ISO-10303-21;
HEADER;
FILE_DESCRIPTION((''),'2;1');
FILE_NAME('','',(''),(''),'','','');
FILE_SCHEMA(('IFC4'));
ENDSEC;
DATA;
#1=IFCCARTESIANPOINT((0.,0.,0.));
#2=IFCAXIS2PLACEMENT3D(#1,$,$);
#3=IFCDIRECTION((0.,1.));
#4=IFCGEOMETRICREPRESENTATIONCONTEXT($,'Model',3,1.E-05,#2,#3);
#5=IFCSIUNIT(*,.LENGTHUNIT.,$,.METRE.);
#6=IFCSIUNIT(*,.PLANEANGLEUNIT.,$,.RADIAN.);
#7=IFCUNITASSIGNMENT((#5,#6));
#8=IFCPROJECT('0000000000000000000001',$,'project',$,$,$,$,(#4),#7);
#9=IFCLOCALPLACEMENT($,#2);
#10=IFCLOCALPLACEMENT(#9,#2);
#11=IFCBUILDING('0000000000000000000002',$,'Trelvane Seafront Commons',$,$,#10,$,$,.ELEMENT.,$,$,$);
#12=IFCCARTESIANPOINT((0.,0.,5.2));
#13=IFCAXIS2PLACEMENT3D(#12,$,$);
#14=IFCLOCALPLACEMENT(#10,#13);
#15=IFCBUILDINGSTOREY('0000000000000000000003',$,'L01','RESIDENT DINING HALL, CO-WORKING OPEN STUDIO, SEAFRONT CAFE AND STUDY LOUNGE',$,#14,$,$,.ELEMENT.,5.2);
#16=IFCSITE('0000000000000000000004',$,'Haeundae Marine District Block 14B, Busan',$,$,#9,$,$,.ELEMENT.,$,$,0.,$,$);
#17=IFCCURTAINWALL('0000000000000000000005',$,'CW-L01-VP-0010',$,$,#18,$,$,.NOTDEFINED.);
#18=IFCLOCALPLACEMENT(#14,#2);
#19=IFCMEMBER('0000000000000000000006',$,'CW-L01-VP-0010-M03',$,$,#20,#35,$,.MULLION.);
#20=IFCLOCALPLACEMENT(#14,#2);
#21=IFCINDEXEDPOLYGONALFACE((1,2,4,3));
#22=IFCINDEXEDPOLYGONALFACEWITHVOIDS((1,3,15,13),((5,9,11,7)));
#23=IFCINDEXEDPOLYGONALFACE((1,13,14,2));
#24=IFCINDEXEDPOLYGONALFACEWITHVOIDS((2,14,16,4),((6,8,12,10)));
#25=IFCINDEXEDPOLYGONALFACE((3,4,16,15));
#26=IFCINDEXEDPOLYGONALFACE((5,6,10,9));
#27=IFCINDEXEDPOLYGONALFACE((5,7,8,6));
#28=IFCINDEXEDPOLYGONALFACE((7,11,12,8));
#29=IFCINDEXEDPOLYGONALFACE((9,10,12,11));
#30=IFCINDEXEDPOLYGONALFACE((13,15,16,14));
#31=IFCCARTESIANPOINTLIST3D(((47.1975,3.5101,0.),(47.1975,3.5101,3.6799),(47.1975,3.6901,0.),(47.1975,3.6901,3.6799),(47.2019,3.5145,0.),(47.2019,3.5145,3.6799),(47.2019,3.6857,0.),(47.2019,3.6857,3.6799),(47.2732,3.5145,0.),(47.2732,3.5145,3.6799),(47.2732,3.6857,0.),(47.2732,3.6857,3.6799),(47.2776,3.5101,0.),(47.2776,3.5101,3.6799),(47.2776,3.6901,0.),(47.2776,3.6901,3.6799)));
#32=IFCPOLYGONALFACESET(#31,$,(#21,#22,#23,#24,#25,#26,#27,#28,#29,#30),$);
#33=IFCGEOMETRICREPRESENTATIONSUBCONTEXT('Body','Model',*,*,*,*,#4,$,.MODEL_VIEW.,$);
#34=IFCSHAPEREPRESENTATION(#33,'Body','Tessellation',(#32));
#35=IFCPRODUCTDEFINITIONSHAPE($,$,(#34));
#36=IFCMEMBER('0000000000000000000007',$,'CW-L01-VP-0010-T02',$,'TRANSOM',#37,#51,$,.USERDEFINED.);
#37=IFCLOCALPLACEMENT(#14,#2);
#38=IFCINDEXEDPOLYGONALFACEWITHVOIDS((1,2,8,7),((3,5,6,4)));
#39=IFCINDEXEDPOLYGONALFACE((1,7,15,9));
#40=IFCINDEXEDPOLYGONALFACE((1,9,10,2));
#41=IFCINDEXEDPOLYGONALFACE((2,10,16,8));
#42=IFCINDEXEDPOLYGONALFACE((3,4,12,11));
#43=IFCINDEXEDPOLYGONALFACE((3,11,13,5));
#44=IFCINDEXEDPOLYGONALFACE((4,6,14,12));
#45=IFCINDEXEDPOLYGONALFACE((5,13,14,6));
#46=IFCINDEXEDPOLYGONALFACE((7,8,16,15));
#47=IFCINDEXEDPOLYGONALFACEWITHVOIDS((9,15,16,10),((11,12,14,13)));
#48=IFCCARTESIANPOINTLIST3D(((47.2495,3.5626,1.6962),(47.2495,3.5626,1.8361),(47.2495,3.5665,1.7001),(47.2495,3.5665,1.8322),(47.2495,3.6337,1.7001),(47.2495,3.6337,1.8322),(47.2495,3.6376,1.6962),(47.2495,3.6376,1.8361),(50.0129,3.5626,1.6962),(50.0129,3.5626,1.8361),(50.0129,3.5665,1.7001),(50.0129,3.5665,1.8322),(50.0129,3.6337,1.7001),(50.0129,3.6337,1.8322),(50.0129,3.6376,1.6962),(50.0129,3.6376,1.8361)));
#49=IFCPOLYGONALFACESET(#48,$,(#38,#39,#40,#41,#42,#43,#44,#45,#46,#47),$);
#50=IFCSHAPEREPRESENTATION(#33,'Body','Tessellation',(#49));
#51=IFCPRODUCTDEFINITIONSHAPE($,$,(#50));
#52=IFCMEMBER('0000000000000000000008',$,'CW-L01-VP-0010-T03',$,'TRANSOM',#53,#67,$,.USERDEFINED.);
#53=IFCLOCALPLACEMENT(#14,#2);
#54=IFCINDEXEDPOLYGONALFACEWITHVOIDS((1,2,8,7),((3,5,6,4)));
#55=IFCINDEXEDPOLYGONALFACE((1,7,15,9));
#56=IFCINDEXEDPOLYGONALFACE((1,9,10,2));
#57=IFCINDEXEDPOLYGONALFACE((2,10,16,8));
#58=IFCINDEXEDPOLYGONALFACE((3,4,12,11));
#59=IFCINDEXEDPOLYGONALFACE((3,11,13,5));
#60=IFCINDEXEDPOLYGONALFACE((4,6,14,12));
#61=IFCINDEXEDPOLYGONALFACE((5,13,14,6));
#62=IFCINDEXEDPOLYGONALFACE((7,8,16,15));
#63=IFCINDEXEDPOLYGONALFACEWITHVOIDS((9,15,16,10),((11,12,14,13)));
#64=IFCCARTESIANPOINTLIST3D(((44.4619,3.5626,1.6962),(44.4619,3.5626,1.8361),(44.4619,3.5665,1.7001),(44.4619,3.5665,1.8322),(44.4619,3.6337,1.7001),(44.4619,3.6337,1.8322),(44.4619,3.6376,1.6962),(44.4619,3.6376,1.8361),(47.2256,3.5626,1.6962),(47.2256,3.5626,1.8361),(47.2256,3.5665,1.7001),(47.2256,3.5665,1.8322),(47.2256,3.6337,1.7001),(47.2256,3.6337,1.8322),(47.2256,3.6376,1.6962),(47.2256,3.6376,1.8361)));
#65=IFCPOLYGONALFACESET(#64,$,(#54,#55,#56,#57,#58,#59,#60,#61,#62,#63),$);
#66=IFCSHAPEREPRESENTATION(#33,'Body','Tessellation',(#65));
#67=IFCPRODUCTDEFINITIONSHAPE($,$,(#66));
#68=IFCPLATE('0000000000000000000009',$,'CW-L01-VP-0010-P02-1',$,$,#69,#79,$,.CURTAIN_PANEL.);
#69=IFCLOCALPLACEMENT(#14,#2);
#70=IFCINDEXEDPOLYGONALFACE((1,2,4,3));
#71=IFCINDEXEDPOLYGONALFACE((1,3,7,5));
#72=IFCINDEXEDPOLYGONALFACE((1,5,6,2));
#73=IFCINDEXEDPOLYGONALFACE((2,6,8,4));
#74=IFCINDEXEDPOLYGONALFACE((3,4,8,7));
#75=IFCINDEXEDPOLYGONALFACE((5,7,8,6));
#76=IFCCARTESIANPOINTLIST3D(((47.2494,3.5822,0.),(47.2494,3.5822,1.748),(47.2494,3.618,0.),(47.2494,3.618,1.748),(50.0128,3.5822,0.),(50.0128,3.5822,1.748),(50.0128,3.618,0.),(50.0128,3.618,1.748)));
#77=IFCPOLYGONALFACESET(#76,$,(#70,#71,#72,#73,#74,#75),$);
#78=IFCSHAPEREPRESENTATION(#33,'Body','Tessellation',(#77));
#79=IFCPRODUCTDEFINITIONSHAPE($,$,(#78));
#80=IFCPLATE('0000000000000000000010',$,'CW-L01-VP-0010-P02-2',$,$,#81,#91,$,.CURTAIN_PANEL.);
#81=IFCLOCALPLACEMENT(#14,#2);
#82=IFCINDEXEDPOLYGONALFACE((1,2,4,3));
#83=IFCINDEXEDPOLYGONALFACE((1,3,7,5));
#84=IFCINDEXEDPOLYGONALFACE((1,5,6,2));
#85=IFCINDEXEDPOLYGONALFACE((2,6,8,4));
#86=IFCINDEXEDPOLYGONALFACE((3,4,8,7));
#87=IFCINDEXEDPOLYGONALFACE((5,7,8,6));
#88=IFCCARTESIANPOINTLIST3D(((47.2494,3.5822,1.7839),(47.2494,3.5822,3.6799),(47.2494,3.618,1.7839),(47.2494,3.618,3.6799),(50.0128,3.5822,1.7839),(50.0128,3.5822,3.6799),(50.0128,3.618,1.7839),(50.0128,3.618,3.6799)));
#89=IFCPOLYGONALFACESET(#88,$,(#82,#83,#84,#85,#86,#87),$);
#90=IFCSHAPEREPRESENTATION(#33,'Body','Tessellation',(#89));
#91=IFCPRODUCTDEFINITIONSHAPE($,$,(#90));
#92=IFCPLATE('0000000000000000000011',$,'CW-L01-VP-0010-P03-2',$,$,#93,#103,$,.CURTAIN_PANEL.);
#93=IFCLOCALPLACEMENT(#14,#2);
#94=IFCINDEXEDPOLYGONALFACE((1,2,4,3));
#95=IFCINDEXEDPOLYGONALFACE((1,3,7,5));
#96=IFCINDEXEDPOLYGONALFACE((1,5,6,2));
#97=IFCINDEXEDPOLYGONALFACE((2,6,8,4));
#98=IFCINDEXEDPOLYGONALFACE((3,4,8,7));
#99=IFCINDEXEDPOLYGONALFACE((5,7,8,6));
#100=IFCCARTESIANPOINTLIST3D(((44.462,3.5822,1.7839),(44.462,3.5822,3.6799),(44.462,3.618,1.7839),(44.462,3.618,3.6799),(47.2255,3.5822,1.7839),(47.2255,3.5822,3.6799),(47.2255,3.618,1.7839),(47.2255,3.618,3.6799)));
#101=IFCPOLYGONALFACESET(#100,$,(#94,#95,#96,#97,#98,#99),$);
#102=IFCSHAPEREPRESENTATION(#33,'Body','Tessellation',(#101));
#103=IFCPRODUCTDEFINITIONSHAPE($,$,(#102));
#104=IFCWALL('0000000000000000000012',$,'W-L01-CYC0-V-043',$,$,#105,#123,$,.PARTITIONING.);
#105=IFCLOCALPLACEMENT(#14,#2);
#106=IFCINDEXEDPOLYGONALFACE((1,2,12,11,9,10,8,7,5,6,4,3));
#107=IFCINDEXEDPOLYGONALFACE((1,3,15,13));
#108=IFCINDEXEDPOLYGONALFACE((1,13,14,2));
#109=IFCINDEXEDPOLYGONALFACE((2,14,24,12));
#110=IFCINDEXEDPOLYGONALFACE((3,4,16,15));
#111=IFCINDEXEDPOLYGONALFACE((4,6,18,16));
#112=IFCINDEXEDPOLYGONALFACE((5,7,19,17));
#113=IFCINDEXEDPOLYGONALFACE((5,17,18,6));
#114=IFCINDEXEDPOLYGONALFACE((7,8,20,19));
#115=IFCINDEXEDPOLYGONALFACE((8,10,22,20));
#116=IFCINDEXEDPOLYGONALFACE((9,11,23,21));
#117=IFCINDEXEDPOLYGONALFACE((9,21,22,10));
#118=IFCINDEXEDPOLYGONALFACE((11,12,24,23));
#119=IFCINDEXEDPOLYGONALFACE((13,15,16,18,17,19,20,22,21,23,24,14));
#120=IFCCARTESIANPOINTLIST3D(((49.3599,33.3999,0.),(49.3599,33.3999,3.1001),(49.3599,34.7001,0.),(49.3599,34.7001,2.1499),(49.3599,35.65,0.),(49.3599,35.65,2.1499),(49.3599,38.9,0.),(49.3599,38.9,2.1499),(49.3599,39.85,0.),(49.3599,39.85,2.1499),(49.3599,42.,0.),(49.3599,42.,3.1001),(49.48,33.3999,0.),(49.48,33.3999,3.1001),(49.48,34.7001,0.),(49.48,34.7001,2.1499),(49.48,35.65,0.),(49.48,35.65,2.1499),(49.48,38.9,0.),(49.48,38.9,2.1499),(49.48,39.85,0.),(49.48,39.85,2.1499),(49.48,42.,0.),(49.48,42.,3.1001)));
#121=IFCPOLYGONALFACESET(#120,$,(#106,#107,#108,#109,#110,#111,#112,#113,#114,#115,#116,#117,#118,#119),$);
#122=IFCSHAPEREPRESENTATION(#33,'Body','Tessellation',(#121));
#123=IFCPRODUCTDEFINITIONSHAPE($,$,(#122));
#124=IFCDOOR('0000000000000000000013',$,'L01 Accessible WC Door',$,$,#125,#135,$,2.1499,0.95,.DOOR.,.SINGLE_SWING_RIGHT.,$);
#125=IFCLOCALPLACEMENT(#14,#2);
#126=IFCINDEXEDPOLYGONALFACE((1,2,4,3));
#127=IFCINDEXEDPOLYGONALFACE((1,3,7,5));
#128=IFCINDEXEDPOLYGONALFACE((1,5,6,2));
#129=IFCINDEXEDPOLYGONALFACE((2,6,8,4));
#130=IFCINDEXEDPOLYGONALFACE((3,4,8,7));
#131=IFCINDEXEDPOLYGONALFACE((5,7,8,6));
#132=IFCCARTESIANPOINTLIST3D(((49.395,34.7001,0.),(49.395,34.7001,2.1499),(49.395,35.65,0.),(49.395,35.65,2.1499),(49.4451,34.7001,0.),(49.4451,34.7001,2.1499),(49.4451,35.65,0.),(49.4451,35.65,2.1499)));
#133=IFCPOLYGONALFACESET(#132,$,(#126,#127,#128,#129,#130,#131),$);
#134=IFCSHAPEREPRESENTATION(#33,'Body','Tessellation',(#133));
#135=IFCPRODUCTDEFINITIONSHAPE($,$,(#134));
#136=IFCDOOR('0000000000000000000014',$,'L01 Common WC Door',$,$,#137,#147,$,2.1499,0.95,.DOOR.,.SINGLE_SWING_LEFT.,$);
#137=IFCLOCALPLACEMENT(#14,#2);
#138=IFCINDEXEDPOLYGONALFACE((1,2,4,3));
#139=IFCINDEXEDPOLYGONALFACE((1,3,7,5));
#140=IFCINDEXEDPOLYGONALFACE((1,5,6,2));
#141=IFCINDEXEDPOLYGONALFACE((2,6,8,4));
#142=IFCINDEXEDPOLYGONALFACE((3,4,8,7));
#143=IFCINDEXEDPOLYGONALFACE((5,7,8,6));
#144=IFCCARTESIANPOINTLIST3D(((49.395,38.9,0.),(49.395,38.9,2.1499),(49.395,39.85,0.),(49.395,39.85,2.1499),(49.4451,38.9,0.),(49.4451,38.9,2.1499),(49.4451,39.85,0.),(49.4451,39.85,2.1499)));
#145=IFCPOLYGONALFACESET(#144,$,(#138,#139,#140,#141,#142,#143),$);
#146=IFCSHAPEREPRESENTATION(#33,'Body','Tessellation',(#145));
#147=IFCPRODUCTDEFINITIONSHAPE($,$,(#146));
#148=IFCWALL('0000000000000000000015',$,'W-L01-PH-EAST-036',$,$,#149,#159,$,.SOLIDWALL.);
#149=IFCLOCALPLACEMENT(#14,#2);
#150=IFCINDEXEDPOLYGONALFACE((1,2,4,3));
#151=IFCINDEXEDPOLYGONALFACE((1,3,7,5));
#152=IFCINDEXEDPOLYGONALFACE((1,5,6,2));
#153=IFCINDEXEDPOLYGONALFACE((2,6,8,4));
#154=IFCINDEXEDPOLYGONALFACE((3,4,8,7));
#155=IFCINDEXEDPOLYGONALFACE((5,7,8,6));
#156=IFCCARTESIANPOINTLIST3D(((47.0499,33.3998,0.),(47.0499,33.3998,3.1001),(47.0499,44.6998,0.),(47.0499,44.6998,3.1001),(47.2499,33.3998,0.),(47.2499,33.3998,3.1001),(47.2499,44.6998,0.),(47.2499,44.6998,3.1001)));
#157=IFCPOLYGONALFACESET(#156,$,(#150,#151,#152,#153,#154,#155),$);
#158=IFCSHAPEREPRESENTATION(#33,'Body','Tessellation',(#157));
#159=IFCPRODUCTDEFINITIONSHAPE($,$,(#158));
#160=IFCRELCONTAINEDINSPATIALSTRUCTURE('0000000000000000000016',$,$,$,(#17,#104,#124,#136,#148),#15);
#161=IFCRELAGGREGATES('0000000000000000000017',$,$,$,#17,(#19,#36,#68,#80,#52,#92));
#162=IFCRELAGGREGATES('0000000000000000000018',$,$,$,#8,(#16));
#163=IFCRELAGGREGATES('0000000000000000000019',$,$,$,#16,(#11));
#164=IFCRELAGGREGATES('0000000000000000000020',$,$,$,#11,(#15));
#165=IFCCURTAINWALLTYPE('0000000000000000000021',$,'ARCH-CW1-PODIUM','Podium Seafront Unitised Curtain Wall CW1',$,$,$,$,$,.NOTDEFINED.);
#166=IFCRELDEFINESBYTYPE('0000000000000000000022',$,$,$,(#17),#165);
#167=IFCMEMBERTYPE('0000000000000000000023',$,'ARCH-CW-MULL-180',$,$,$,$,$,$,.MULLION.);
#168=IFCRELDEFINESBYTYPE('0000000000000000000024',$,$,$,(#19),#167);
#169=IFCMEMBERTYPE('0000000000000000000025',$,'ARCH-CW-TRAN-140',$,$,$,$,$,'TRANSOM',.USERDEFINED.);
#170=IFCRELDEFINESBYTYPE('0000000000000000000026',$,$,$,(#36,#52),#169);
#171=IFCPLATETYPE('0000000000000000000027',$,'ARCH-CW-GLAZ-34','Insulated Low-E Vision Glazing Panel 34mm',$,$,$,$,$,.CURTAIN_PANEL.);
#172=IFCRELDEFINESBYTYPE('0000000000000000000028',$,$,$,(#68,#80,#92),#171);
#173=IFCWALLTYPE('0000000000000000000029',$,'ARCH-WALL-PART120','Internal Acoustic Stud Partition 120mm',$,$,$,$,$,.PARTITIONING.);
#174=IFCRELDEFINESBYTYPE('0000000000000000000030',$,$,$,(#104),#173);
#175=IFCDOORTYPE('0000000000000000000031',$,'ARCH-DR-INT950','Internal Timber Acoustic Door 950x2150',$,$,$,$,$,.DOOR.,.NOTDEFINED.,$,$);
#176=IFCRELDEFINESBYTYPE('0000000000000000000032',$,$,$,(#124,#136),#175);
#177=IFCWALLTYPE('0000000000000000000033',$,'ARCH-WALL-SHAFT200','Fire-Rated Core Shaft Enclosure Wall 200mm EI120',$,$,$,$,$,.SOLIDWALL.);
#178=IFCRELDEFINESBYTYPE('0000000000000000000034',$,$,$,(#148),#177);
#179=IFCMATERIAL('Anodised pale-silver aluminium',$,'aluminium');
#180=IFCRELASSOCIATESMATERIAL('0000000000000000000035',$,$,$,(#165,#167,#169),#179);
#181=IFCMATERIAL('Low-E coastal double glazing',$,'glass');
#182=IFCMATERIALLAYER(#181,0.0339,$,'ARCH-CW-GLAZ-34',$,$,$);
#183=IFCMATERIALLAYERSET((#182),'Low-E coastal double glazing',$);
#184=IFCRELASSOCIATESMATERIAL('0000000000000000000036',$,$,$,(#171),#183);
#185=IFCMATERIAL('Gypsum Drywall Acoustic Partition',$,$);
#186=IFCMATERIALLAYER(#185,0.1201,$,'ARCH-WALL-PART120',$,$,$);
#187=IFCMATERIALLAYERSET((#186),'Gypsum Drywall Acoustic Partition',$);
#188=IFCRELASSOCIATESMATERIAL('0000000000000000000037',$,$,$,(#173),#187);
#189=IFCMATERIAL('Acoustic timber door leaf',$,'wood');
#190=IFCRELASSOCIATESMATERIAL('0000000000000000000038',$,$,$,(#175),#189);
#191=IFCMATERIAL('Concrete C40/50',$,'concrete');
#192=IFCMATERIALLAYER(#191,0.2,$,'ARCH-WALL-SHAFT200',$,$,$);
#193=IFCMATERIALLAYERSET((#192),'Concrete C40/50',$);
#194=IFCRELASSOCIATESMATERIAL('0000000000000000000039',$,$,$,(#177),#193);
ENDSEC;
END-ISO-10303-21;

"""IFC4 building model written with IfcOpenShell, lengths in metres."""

from ifc_helpers import new_model, si_unit, direction, frame, frame_2d, origin, origin_2d, place, context, subcontext, project, spatial, rectangle, hollow_rectangle, extrude, source, transform, mapped, material, layer, layer_set, material_profile, profile_set, type_object, element, fill, aggregate, save


model = new_model("IFC4")

# Units and contexts
model_context = context("Model", 3, precision=1e-05, world=origin(), true_north=direction((0.0, 1.0)))
body_context = subcontext(model_context, "Body", "Model", "MODEL_VIEW")
ifc_project = project(units=[si_unit("LENGTHUNIT", "METRE"), si_unit("PLANEANGLEUNIT", "RADIAN")], contexts=[model_context])

# Site, building, storey
site_placement = place(None, origin())
site = spatial("IfcSite", under=ifc_project, at=site_placement, Name="Haeundae Marine District Block 14B, Busan", CompositionType="ELEMENT", RefElevation=0.0)
building_placement = place(site_placement, origin())
building = spatial("IfcBuilding", under=site, at=building_placement, Name="Trelvane Seafront Commons", CompositionType="ELEMENT")
storey_placement = place(building_placement, frame((0.0, 0.0, 5.2)))
storey = spatial("IfcBuildingStorey", under=building, at=storey_placement, Name="L01", Description="RESIDENT DINING HALL, CO-WORKING OPEN STUDIO, SEAFRONT CAFE AND STUDY LOUNGE", CompositionType="ELEMENT", Elevation=5.2)

# Curtain wall, members, plates
ifc_material_1 = material(Name="Anodised pale-silver aluminium", Category="aluminium")
curtain_wall_type = type_object("IfcCurtainWallType", Name="ARCH-CW1-PODIUM", Description="Podium Seafront Unitised Curtain Wall CW1", PredefinedType="NOTDEFINED", material=ifc_material_1)
curtain_wall_placement = place(storey_placement, origin())
curtain_wall = element("IfcCurtainWall", 1, at=curtain_wall_placement, inside=storey, type_object=curtain_wall_type, Name="CW-L01-VP-0010", PredefinedType="NOTDEFINED")
ifc_material_profile_1 = material_profile(ifc_material_1, hollow_rectangle(XDim=0.0801, YDim=0.1799, WallThickness=0.0044, at=origin_2d()), Name="MULL-80x180x4.5")
ifc_profile_set_1 = profile_set([ifc_material_profile_1], Name="Anodised pale-silver aluminium")
member_type_1 = type_object("IfcMemberType", Name="ARCH-CW-MULL-180", PredefinedType="MULLION", material=ifc_profile_set_1)
shared_shape_1 = source(origin(), body_context, "Body", "SweptSolid", [
    extrude(hollow_rectangle(XDim=0.0801, YDim=0.1799, WallThickness=0.0044, at=origin_2d()), origin(), (0.0, 0.0, 1.0), 3.6799),
])
member_1_placement = place(storey_placement, frame((47.2375, 3.6001, 0.0), z_axis=(0.0, 0.0, 1.0), x_axis=(1.0, 0.0, 0.0)))
member_1 = element("IfcMember", 2, at=member_1_placement, type_object=member_type_1, Name="CW-L01-VP-0010-M03", PredefinedType="MULLION", context=body_context, shape_type="MappedRepresentation", body=[
    mapped(shared_shape_1, transform((0.0, 0.0, 0.0), x_axis=(1.0, 0.0, 0.0), y_axis=(0.0, 1.0, 0.0), z_axis=(0.0, 0.0, 1.0), scale=1.0)),
])
ifc_material_profile_2 = material_profile(ifc_material_1, hollow_rectangle(XDim=0.075, YDim=0.1399, WallThickness=0.0039, at=origin_2d()), Name="TRAN-75x140x4")
ifc_profile_set_2 = profile_set([ifc_material_profile_2], Name="Anodised pale-silver aluminium")
member_type_2 = type_object("IfcMemberType", Name="ARCH-CW-TRAN-140", ElementType="TRANSOM", PredefinedType="USERDEFINED", material=ifc_profile_set_2)
shared_shape_2 = source(origin(), body_context, "Body", "SweptSolid", [
    extrude(hollow_rectangle(XDim=0.075, YDim=0.1399, WallThickness=0.0039, at=origin_2d()), origin(), (0.0, 0.0, 1.0), 2.7634),
])
member_2_placement = place(storey_placement, frame((50.0129, 3.6001, 1.7661), z_axis=(-1.0, 0.0, 0.0), x_axis=(0.0, -1.0, 0.0)))
member_2 = element("IfcMember", 3, at=member_2_placement, type_object=member_type_2, Name="CW-L01-VP-0010-T02", ObjectType="TRANSOM", PredefinedType="USERDEFINED", context=body_context, shape_type="MappedRepresentation", body=[
    mapped(shared_shape_2, transform((0.0, 0.0, 0.0), x_axis=(1.0, 0.0, 0.0), y_axis=(0.0, 1.0, 0.0), z_axis=(0.0, 0.0, 1.0), scale=1.0)),
])
shared_shape_3 = source(origin(), body_context, "Body", "SweptSolid", [
    extrude(hollow_rectangle(XDim=0.075, YDim=0.1399, WallThickness=0.0039, at=origin_2d()), origin(), (0.0, 0.0, 1.0), 2.7637),
])
member_3_placement = place(storey_placement, frame((47.2256, 3.6001, 1.7661), z_axis=(-1.0, 0.0, 0.0), x_axis=(0.0, -1.0, 0.0)))
member_3 = element("IfcMember", 4, at=member_3_placement, type_object=member_type_2, Name="CW-L01-VP-0010-T03", ObjectType="TRANSOM", PredefinedType="USERDEFINED", context=body_context, shape_type="MappedRepresentation", body=[
    mapped(shared_shape_3, transform((0.0, 0.0, 0.0), x_axis=(1.0, 0.0, 0.0), y_axis=(0.0, 1.0, 0.0), z_axis=(0.0, 0.0, 1.0), scale=1.0)),
])
ifc_material_2 = material(Name="Low-E coastal double glazing", Category="glass")
ifc_layer_1 = layer(ifc_material_2, 0.0339, Name="ARCH-CW-GLAZ-34")
ifc_layer_set_1 = layer_set([ifc_layer_1], Name="Low-E coastal double glazing")
plate_type = type_object("IfcPlateType", Name="ARCH-CW-GLAZ-34", Description="Insulated Low-E Vision Glazing Panel 34mm", PredefinedType="CURTAIN_PANEL", material=ifc_layer_set_1)
shared_shape_4 = source(origin(), body_context, "Body", "SweptSolid", [
    extrude(rectangle(XDim=2.7634, YDim=0.0359, at=origin_2d()), origin(), (0.0, 0.0, 1.0), 1.748),
])
plate_1_placement = place(storey_placement, frame((48.6311, 3.6001, 0.0), z_axis=(0.0, 0.0, 1.0), x_axis=(-1.0, 0.0, 0.0)))
plate_1 = element("IfcPlate", 5, at=plate_1_placement, type_object=plate_type, Name="CW-L01-VP-0010-P02-1", PredefinedType="CURTAIN_PANEL", context=body_context, shape_type="MappedRepresentation", body=[
    mapped(shared_shape_4, transform((0.0, 0.0, 0.0), x_axis=(1.0, 0.0, 0.0), y_axis=(0.0, 1.0, 0.0), z_axis=(0.0, 0.0, 1.0), scale=1.0)),
])
shared_shape_5 = source(origin(), body_context, "Body", "SweptSolid", [
    extrude(rectangle(XDim=2.7634, YDim=0.0359, at=origin_2d()), origin(), (0.0, 0.0, 1.0), 1.896),
])
plate_2_placement = place(storey_placement, frame((48.6311, 3.6001, 1.7839), z_axis=(0.0, 0.0, 1.0), x_axis=(-1.0, 0.0, 0.0)))
plate_2 = element("IfcPlate", 6, at=plate_2_placement, type_object=plate_type, Name="CW-L01-VP-0010-P02-2", PredefinedType="CURTAIN_PANEL", context=body_context, shape_type="MappedRepresentation", body=[
    mapped(shared_shape_5, transform((0.0, 0.0, 0.0), x_axis=(1.0, 0.0, 0.0), y_axis=(0.0, 1.0, 0.0), z_axis=(0.0, 0.0, 1.0), scale=1.0)),
])
plate_3_placement = place(storey_placement, frame((45.8438, 3.6001, 1.7839), z_axis=(0.0, 0.0, 1.0), x_axis=(-1.0, 0.0, 0.0)))
plate_3 = element("IfcPlate", 7, at=plate_3_placement, type_object=plate_type, Name="CW-L01-VP-0010-P03-2", PredefinedType="CURTAIN_PANEL", context=body_context, shape_type="MappedRepresentation", body=[
    mapped(shared_shape_5, transform((0.0, 0.0, 0.0), x_axis=(1.0, 0.0, 0.0), y_axis=(0.0, 1.0, 0.0), z_axis=(0.0, 0.0, 1.0), scale=1.0)),
])
aggregate(curtain_wall, [member_1, member_2, plate_1, plate_2, member_3, plate_3])

# Wall, openings, doors
ifc_material_3 = material(Name="Concrete C40/50", Category="concrete")
shared_shape_6 = source(origin(), body_context, "Body", "SweptSolid", [
    extrude(rectangle(XDim=0.95, YDim=2.1499, at=frame_2d((0.4751, 1.075))), frame((0.0, 0.0249, 0.0), z_axis=(0.0, -1.0, 0.0), x_axis=(1.0, 0.0, 0.0)), (0.0, 0.0, 1.0), 0.05),
])
ifc_material_4 = material(Name="Gypsum Drywall Acoustic Partition")
ifc_layer_2 = layer(ifc_material_4, 0.1201, Name="ARCH-WALL-PART120")
ifc_layer_set_2 = layer_set([ifc_layer_2], Name="Gypsum Drywall Acoustic Partition")
wall_type_1 = type_object("IfcWallType", Name="ARCH-WALL-PART120", Description="Internal Acoustic Stud Partition 120mm", PredefinedType="PARTITIONING", material=ifc_layer_set_2)
wall_1_placement = place(storey_placement, frame((49.4199, 33.3999, 0.0), z_axis=(0.0, 0.0, 1.0), x_axis=(0.0, 1.0, 0.0)))
wall_1 = element("IfcWall", 8, at=wall_1_placement, inside=storey, type_object=wall_type_1, Name="W-L01-CYC0-V-043", PredefinedType="PARTITIONING", context=body_context, shape_type="SweptSolid", body=[
    extrude(rectangle(XDim=8.6001, YDim=0.1201, at=frame_2d((4.3, 0.0))), origin(), (0.0, 0.0, 1.0), 3.1001),
])
opening_1_placement = place(wall_1_placement, frame((1.3, 0.0, 0.0)))
opening_1 = element("IfcOpeningElement", 9, at=opening_1_placement, cuts=wall_1, PredefinedType="OPENING", context=body_context, shape_type="SweptSolid", body=[
    extrude(rectangle(XDim=0.95, YDim=2.1499, at=frame_2d((0.4751, 1.075))), frame((0.0, 0.0701, 0.0), z_axis=(0.0, -1.0, 0.0), x_axis=(1.0, 0.0, 0.0)), (0.0, 0.0, 1.0), 0.1401),
])
opening_2_placement = place(wall_1_placement, frame((5.5, 0.0, 0.0)))
opening_2 = element("IfcOpeningElement", 10, at=opening_2_placement, cuts=wall_1, PredefinedType="OPENING", context=body_context, shape_type="SweptSolid", body=[
    extrude(rectangle(XDim=0.95, YDim=2.1499, at=frame_2d((0.4751, 1.075))), frame((0.0, 0.0701, 0.0), z_axis=(0.0, -1.0, 0.0), x_axis=(1.0, 0.0, 0.0)), (0.0, 0.0, 1.0), 0.1401),
])
ifc_material_5 = material(Name="Acoustic timber door leaf", Category="wood")
door_type_1 = type_object("IfcDoorType", Name="ARCH-DR-INT950", Description="Internal Timber Acoustic Door 950x2150", OperationType="NOTDEFINED", PredefinedType="DOOR", material=ifc_material_5)
door_1_placement = place(opening_1_placement, origin())
door_1 = element("IfcDoor", 11, at=door_1_placement, inside=storey, type_object=door_type_1, Name="L01 Accessible WC Door", OperationType="SINGLE_SWING_RIGHT", OverallHeight=2.1499, OverallWidth=0.95, PredefinedType="DOOR", context=body_context, shape_type="MappedRepresentation", body=[
    mapped(shared_shape_6, transform((0.0, 0.0, 0.0), x_axis=(1.0, 0.0, 0.0), y_axis=(0.0, 1.0, 0.0), z_axis=(0.0, 0.0, 1.0), scale=1.0)),
])
fill(opening_1, door_1)
door_2_placement = place(opening_2_placement, origin())
door_2 = element("IfcDoor", 12, at=door_2_placement, inside=storey, type_object=door_type_1, Name="L01 Common WC Door", OperationType="SINGLE_SWING_LEFT", OverallHeight=2.1499, OverallWidth=0.95, PredefinedType="DOOR", context=body_context, shape_type="MappedRepresentation", body=[
    mapped(shared_shape_6, transform((0.0, 0.0, 0.0), x_axis=(1.0, 0.0, 0.0), y_axis=(0.0, 1.0, 0.0), z_axis=(0.0, 0.0, 1.0), scale=1.0)),
])
fill(opening_2, door_2)

# Wall
ifc_layer_3 = layer(ifc_material_3, 0.2, Name="ARCH-WALL-SHAFT200")
ifc_layer_set_3 = layer_set([ifc_layer_3], Name="Concrete C40/50")
wall_type_2 = type_object("IfcWallType", Name="ARCH-WALL-SHAFT200", Description="Fire-Rated Core Shaft Enclosure Wall 200mm EI120", PredefinedType="SOLIDWALL", material=ifc_layer_set_3)
wall_2_placement = place(storey_placement, frame((47.1499, 33.3999, 0.0), z_axis=(0.0, 0.0, 1.0), x_axis=(0.0, 1.0, 0.0)))
element("IfcWall", 13, at=wall_2_placement, inside=storey, type_object=wall_type_2, Name="W-L01-PH-EAST-036", PredefinedType="SOLIDWALL", context=body_context, shape_type="SweptSolid", body=[
    extrude(rectangle(XDim=11.3, YDim=0.2, at=frame_2d((5.6499, 0.0))), origin(), (0.0, 0.0, 1.0), 3.1001),
])

save(model, "model.ifc")
